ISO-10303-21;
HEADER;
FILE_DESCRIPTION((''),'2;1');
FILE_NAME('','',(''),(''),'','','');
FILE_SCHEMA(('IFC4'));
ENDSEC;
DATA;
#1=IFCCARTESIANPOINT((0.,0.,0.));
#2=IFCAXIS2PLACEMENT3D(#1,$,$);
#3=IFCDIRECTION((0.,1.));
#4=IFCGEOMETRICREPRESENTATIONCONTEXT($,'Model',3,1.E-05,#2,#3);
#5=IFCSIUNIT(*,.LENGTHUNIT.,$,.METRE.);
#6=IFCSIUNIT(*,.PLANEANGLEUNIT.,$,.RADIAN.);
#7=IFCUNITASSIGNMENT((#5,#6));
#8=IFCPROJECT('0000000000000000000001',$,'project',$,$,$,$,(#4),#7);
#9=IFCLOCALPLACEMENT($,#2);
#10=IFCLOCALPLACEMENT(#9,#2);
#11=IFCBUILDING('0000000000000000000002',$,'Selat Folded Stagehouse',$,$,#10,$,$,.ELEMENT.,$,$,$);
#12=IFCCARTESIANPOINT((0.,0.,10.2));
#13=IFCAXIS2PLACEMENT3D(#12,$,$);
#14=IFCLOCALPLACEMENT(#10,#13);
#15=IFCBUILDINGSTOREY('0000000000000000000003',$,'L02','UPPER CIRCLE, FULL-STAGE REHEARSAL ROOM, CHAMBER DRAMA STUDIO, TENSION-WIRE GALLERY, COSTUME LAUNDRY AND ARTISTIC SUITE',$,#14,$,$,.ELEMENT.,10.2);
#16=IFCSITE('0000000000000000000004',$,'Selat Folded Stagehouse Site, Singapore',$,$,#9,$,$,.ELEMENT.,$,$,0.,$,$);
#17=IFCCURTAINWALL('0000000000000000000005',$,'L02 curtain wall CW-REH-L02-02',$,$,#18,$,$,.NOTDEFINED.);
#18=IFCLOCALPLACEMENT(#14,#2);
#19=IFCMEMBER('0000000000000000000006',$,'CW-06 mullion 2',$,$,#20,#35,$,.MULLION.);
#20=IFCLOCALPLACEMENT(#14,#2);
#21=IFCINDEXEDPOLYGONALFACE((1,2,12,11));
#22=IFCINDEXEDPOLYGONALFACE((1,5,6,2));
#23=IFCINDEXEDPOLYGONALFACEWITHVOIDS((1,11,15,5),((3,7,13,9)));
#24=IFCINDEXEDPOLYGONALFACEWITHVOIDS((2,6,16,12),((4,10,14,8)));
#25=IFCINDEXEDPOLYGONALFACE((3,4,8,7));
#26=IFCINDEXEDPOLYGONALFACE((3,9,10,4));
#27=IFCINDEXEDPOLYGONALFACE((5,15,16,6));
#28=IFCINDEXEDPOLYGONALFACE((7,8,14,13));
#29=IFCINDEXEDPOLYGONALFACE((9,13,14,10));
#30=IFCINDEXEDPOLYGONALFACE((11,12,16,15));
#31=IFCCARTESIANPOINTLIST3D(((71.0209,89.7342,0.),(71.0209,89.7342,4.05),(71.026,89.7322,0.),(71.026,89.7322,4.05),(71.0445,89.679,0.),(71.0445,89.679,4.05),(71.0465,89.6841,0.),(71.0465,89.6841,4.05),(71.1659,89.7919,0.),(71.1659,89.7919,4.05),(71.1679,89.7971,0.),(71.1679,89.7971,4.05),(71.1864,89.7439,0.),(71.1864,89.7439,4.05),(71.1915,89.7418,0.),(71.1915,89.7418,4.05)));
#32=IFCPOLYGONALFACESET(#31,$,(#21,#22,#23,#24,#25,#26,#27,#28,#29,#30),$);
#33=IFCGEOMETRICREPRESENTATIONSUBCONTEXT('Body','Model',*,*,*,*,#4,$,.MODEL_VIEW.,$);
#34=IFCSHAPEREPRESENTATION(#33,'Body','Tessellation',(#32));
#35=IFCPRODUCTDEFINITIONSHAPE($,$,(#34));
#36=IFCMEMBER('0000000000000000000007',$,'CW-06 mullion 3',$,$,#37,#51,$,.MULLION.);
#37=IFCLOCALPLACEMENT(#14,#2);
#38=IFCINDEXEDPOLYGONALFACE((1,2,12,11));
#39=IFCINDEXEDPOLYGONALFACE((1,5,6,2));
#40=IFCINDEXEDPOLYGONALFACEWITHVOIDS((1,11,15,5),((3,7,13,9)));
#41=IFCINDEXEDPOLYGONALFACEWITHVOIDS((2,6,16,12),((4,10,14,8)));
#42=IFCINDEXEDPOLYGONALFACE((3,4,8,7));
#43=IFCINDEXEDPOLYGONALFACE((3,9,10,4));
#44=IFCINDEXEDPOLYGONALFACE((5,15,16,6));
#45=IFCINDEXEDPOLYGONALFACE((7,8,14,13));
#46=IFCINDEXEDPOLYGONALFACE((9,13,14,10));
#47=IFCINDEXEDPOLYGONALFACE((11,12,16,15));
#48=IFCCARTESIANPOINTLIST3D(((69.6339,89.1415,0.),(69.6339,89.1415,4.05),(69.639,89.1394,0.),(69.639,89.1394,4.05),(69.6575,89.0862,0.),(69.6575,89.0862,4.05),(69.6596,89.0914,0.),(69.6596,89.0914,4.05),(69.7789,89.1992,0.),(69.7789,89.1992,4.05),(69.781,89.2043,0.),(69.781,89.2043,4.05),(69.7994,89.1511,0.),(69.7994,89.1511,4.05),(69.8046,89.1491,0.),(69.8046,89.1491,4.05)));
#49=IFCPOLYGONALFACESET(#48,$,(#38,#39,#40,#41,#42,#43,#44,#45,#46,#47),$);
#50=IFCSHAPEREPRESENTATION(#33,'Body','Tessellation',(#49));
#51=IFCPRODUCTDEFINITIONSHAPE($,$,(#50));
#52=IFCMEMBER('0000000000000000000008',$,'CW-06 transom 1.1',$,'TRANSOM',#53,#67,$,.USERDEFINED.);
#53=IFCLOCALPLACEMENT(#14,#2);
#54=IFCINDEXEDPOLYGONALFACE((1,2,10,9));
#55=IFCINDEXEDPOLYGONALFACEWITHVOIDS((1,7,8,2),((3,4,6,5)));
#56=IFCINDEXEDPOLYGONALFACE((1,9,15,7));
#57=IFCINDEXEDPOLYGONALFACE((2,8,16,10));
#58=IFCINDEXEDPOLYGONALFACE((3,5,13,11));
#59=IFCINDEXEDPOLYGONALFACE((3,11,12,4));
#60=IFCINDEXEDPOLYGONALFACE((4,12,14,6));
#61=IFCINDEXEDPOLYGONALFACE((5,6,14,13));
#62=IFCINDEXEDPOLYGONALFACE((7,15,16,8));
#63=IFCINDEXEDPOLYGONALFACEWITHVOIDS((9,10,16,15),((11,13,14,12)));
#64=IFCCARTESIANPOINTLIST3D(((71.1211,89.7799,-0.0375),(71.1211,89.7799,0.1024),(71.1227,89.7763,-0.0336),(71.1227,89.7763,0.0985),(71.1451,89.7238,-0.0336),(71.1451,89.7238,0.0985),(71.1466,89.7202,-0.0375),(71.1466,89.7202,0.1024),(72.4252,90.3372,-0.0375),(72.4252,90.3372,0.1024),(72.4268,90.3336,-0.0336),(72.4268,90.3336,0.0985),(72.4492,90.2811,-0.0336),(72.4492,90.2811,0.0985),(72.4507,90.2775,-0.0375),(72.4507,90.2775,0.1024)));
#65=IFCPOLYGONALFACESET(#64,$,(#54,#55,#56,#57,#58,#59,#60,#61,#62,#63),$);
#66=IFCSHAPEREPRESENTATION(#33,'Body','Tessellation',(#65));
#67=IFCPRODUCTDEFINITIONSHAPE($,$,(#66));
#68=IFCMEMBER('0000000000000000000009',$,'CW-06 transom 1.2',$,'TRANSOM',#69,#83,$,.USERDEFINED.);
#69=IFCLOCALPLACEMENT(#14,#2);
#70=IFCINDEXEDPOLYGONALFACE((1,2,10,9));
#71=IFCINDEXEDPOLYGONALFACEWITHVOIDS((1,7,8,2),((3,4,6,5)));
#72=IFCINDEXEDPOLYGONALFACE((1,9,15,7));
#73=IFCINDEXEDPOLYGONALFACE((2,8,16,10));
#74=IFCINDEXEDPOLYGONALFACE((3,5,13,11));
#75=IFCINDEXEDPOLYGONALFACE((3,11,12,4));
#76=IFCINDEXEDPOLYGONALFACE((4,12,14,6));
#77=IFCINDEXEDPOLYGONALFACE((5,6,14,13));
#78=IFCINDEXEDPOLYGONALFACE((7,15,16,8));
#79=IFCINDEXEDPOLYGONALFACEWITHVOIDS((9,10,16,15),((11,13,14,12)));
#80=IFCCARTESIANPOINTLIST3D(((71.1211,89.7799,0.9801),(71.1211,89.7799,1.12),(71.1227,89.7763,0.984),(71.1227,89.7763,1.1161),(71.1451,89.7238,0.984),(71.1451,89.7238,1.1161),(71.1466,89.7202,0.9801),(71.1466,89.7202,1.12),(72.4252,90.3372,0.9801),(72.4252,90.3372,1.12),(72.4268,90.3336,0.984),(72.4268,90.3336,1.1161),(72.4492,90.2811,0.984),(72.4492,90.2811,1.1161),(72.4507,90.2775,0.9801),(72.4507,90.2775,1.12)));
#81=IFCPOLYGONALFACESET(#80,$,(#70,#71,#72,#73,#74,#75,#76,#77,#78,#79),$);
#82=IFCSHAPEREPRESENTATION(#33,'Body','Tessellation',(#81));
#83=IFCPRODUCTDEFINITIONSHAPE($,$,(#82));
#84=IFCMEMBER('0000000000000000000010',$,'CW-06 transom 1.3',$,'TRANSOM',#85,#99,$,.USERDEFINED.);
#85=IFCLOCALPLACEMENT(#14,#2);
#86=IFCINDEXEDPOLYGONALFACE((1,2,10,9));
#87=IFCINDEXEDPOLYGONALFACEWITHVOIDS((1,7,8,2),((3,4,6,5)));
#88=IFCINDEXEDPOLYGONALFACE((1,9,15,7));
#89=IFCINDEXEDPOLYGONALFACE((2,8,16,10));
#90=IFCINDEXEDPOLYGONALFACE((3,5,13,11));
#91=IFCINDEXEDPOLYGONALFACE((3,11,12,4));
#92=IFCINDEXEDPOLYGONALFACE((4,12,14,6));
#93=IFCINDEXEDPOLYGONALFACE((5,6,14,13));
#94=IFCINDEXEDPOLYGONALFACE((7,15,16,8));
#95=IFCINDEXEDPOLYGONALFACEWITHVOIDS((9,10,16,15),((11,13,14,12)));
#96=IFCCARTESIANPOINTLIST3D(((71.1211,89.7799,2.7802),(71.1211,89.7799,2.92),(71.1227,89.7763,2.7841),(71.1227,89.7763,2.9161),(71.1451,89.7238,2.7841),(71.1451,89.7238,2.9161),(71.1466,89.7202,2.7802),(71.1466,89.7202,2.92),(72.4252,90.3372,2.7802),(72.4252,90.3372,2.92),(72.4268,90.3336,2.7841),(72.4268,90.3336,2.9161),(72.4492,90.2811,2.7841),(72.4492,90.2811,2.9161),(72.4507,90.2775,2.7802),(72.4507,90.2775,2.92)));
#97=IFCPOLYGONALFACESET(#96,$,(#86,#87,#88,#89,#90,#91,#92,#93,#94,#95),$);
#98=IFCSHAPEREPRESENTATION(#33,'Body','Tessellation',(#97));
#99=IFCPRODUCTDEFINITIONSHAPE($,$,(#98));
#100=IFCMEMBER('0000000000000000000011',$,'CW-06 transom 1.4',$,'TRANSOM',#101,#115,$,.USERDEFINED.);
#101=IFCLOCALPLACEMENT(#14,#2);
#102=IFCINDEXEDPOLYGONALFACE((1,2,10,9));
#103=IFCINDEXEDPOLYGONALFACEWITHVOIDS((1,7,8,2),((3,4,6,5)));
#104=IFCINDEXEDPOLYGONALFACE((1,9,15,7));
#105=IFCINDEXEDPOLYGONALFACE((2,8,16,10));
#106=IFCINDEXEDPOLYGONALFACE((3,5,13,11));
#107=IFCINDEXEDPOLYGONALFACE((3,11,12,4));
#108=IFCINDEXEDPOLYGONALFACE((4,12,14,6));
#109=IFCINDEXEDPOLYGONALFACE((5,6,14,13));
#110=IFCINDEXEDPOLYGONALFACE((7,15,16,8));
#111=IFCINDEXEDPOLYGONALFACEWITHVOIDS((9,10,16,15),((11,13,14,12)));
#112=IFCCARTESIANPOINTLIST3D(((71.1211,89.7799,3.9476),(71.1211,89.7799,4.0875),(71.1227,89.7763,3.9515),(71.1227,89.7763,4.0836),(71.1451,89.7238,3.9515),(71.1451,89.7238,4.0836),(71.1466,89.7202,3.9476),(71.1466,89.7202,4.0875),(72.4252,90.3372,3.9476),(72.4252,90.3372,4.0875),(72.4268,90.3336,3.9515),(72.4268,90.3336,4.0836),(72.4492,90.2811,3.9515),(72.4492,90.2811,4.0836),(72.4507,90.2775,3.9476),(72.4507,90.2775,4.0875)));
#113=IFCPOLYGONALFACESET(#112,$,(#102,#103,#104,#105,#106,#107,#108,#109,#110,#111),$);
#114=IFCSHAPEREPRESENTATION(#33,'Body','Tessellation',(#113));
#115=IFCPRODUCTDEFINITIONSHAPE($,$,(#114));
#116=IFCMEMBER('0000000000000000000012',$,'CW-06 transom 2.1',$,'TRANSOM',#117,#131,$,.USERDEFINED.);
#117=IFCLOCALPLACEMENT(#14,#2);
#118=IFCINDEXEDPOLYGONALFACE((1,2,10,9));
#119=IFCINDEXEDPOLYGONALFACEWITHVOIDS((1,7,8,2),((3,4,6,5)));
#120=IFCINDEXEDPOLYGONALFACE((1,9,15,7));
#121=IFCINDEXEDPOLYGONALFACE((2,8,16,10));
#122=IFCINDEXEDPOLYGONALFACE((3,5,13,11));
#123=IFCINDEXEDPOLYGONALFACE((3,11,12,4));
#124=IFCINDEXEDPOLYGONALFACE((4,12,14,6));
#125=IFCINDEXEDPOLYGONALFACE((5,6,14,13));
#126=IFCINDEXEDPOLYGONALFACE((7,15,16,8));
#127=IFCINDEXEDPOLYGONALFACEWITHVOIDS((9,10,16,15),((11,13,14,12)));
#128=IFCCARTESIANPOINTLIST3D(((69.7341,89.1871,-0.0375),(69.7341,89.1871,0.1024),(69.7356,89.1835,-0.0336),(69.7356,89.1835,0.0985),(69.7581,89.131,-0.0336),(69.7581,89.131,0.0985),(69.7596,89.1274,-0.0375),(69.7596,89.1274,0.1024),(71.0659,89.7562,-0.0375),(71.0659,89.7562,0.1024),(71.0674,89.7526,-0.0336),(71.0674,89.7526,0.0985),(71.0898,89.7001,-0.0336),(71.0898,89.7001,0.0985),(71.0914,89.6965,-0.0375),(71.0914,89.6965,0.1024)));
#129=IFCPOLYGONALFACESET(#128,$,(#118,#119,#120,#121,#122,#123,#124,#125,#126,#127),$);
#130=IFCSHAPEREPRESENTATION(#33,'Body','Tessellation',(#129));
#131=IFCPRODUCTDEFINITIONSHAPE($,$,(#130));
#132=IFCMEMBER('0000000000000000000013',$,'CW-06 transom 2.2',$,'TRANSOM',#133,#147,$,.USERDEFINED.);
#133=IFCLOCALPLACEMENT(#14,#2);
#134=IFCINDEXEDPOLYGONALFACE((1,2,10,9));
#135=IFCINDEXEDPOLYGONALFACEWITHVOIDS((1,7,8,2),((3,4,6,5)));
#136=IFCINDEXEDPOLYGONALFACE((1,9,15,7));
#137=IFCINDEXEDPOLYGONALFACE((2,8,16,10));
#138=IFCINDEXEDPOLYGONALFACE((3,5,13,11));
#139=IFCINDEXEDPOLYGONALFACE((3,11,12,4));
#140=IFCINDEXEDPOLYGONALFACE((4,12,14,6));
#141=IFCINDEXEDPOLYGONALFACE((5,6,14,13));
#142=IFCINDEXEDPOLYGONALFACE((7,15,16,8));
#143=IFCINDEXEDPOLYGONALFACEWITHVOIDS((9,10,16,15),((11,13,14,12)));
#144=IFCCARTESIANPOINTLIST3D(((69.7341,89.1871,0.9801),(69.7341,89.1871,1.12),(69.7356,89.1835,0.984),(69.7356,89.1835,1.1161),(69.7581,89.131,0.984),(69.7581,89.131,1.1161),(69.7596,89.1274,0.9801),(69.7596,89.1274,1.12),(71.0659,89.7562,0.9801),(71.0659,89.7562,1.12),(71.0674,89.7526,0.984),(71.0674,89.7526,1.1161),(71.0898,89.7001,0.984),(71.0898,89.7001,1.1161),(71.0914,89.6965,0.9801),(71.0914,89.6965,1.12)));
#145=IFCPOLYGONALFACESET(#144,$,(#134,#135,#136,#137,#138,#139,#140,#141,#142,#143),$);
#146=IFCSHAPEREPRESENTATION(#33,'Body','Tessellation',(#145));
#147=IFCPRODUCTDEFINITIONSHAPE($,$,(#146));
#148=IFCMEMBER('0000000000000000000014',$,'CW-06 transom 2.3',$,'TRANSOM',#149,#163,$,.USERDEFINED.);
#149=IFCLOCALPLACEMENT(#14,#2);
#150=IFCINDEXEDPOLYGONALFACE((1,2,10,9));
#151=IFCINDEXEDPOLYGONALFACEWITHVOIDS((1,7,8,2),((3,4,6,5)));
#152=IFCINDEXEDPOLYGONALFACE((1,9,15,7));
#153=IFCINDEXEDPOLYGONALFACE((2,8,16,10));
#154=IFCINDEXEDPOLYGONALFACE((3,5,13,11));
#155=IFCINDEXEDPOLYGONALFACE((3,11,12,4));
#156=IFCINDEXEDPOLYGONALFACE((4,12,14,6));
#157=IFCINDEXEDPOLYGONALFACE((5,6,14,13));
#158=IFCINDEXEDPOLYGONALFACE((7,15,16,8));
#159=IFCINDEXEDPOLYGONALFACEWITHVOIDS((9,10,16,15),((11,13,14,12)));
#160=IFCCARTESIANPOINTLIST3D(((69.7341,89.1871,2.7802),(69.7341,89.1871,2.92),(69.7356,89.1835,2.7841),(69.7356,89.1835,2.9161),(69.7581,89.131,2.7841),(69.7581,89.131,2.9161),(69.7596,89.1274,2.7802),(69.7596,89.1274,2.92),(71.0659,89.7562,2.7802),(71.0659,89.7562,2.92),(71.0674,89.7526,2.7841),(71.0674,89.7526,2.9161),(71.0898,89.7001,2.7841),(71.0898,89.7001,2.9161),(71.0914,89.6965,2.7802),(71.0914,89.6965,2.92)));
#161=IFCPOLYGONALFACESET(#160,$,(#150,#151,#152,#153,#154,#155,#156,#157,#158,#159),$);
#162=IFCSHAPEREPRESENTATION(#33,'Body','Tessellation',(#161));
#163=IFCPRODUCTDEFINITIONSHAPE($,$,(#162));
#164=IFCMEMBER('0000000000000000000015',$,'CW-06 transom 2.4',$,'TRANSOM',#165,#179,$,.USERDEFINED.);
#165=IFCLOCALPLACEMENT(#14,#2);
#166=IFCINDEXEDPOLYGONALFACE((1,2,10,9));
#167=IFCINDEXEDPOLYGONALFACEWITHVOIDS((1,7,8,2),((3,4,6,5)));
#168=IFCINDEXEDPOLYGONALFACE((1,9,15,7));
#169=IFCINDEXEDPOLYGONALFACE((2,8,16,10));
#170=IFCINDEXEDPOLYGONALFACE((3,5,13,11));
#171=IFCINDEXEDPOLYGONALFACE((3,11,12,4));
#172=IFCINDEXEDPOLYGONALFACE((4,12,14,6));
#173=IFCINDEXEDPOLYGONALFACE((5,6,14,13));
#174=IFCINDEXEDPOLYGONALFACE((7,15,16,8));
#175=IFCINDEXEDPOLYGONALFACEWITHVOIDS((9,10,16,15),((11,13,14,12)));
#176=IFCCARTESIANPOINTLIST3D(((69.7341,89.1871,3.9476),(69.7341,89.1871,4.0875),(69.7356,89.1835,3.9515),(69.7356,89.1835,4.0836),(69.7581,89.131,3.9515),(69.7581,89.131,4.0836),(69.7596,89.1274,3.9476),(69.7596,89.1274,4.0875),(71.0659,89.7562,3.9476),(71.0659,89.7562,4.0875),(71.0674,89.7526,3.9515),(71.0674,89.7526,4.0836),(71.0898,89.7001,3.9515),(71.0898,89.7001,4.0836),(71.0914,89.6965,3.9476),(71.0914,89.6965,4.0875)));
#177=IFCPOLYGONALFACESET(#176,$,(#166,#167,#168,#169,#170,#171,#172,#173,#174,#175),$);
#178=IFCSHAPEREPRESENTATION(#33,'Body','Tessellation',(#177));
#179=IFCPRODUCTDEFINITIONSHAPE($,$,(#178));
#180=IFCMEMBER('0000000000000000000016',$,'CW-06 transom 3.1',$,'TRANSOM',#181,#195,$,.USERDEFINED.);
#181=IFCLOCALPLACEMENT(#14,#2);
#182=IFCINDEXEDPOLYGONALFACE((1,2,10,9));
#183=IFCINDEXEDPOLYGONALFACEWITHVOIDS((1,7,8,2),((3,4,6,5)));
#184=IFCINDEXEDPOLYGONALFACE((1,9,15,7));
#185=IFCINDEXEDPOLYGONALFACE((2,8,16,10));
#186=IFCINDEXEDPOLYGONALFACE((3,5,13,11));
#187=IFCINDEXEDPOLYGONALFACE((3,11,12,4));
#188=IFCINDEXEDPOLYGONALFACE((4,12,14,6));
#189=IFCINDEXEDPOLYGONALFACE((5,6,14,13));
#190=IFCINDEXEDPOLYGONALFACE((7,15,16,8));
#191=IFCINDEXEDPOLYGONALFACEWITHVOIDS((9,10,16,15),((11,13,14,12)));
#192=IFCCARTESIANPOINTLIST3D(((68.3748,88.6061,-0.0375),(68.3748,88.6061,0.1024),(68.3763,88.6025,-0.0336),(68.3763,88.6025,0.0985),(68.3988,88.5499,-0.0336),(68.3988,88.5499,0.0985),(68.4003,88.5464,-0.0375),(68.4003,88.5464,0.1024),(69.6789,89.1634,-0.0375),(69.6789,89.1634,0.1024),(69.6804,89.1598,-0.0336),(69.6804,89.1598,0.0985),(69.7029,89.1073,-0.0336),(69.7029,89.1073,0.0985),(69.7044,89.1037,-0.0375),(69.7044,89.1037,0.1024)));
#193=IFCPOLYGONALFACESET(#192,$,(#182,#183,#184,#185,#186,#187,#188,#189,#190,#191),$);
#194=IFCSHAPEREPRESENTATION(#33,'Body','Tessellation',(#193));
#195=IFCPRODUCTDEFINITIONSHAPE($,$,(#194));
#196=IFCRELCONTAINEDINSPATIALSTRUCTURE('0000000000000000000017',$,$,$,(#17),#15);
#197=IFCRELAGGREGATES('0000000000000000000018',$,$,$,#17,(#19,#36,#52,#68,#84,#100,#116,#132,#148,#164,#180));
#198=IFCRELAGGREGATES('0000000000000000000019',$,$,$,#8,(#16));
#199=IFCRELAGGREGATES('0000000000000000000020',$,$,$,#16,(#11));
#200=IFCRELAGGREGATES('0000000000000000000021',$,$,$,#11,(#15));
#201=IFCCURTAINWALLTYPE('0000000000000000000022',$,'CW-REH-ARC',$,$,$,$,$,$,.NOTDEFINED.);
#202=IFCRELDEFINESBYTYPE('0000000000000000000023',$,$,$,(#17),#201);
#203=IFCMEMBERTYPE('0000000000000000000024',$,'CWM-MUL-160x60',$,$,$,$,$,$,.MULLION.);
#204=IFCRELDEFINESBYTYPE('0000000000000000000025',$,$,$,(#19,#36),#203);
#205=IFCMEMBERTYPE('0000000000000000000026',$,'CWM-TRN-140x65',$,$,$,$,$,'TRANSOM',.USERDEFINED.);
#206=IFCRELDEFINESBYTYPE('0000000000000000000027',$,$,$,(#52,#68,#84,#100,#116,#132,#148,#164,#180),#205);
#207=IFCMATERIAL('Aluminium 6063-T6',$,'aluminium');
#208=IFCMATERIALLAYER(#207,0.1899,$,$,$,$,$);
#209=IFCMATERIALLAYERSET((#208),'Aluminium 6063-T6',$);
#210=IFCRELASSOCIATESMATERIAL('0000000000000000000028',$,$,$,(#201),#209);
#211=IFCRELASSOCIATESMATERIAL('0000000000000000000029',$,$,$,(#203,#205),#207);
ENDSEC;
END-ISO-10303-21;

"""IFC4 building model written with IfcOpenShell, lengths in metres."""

from ifc_helpers import new_model, si_unit, direction, frame, origin, origin_2d, place, context, subcontext, project, spatial, hollow_rectangle, extrude, material, layer, layer_set, material_profile, profile_set, type_object, element, aggregate, save


model = new_model("IFC4")

# Units and contexts
model_context = context("Model", 3, precision=1e-05, world=origin(), true_north=direction((0.0, 1.0)))
body_context = subcontext(model_context, "Body", "Model", "MODEL_VIEW")
ifc_project = project(units=[si_unit("LENGTHUNIT", "METRE"), si_unit("PLANEANGLEUNIT", "RADIAN")], contexts=[model_context])

# Site, building, storey
site_placement = place(None, origin())
site = spatial("IfcSite", under=ifc_project, at=site_placement, Name="Selat Folded Stagehouse Site, Singapore", CompositionType="ELEMENT", RefElevation=0.0)
building_placement = place(site_placement, origin())
building = spatial("IfcBuilding", under=site, at=building_placement, Name="Selat Folded Stagehouse", CompositionType="ELEMENT")
storey_placement = place(building_placement, frame((0.0, 0.0, 10.2)))
storey = spatial("IfcBuildingStorey", under=building, at=storey_placement, Name="L02", Description="UPPER CIRCLE, FULL-STAGE REHEARSAL ROOM, CHAMBER DRAMA STUDIO, TENSION-WIRE GALLERY, COSTUME LAUNDRY AND ARTISTIC SUITE", CompositionType="ELEMENT", Elevation=10.2)

# Curtain wall, members
ifc_material_1 = material(Name="Aluminium 6063-T6", Category="aluminium")
ifc_layer_1 = layer(ifc_material_1, 0.1899)
ifc_layer_set_1 = layer_set([ifc_layer_1], Name="Aluminium 6063-T6")
curtain_wall_type = type_object("IfcCurtainWallType", Name="CW-REH-ARC", PredefinedType="NOTDEFINED", material=ifc_layer_set_1)
curtain_wall_placement = place(storey_placement, origin())
curtain_wall = element("IfcCurtainWall", 1, at=curtain_wall_placement, inside=storey, type_object=curtain_wall_type, Name="L02 curtain wall CW-REH-L02-02", PredefinedType="NOTDEFINED")
ifc_material_profile_1 = material_profile(ifc_material_1, hollow_rectangle(XDim=0.0601, YDim=0.1599, WallThickness=0.0039, at=origin_2d()), Name="ALU 160x60x4.0")
ifc_profile_set_1 = profile_set([ifc_material_profile_1], Name="Aluminium 6063-T6")
member_type_1 = type_object("IfcMemberType", Name="CWM-MUL-160x60", PredefinedType="MULLION", material=ifc_profile_set_1)
member_1_placement = place(storey_placement, frame((71.1062, 89.738, 0.0), z_axis=(0.0, 0.0, 1.0), x_axis=(0.393012, -0.919533, 0.0)))
member_1 = element("IfcMember", 2, at=member_1_placement, type_object=member_type_1, Name="CW-06 mullion 2", PredefinedType="MULLION", context=body_context, shape_type="SweptSolid", body=[
    extrude(hollow_rectangle(XDim=0.0601, YDim=0.1599, WallThickness=0.0039, at=origin_2d()), origin(), (0.0, 0.0, 1.0), 4.05),
])
member_2_placement = place(storey_placement, frame((69.7192, 89.1453, 0.0), z_axis=(0.0, 0.0, 1.0), x_axis=(0.393012, -0.919533, 0.0)))
member_2 = element("IfcMember", 3, at=member_2_placement, type_object=member_type_1, Name="CW-06 mullion 3", PredefinedType="MULLION", context=body_context, shape_type="SweptSolid", body=[
    extrude(hollow_rectangle(XDim=0.0601, YDim=0.1599, WallThickness=0.0039, at=origin_2d()), origin(), (0.0, 0.0, 1.0), 4.05),
])
ifc_material_profile_2 = material_profile(ifc_material_1, hollow_rectangle(XDim=0.0649, YDim=0.1399, WallThickness=0.0039, at=origin_2d()), Name="ALU 140x65x4.0")
ifc_profile_set_2 = profile_set([ifc_material_profile_2], Name="Aluminium 6063-T6")
member_type_2 = type_object("IfcMemberType", Name="CWM-TRN-140x65", ElementType="TRANSOM", PredefinedType="USERDEFINED", material=ifc_profile_set_2)
member_3_placement = place(storey_placement, frame((72.438, 90.3074, 0.0325), z_axis=(-0.919545, -0.392984, 0.0), x_axis=(0.392984, -0.919545, 0.0)))
member_3 = element("IfcMember", 4, at=member_3_placement, type_object=member_type_2, Name="CW-06 transom 1.1", ObjectType="TRANSOM", PredefinedType="USERDEFINED", context=body_context, shape_type="SweptSolid", body=[
    extrude(hollow_rectangle(XDim=0.0649, YDim=0.1399, WallThickness=0.0039, at=origin_2d()), origin(), (0.0, 0.0, 1.0), 1.4182),
])
member_4_placement = place(storey_placement, frame((72.438, 90.3074, 1.05), z_axis=(-0.919545, -0.392984, 0.0), x_axis=(0.392984, -0.919545, 0.0)))
member_4 = element("IfcMember", 5, at=member_4_placement, type_object=member_type_2, Name="CW-06 transom 1.2", ObjectType="TRANSOM", PredefinedType="USERDEFINED", context=body_context, shape_type="SweptSolid", body=[
    extrude(hollow_rectangle(XDim=0.0649, YDim=0.1399, WallThickness=0.0039, at=origin_2d()), origin(), (0.0, 0.0, 1.0), 1.4182),
])
member_5_placement = place(storey_placement, frame((72.438, 90.3074, 2.8501), z_axis=(-0.919545, -0.392984, 0.0), x_axis=(0.392984, -0.919545, 0.0)))
member_5 = element("IfcMember", 6, at=member_5_placement, type_object=member_type_2, Name="CW-06 transom 1.3", ObjectType="TRANSOM", PredefinedType="USERDEFINED", context=body_context, shape_type="SweptSolid", body=[
    extrude(hollow_rectangle(XDim=0.0649, YDim=0.1399, WallThickness=0.0039, at=origin_2d()), origin(), (0.0, 0.0, 1.0), 1.4182),
])
member_6_placement = place(storey_placement, frame((72.438, 90.3074, 4.0176), z_axis=(-0.919545, -0.392984, 0.0), x_axis=(0.392984, -0.919545, 0.0)))
member_6 = element("IfcMember", 7, at=member_6_placement, type_object=member_type_2, Name="CW-06 transom 1.4", ObjectType="TRANSOM", PredefinedType="USERDEFINED", context=body_context, shape_type="SweptSolid", body=[
    extrude(hollow_rectangle(XDim=0.0649, YDim=0.1399, WallThickness=0.0039, at=origin_2d()), origin(), (0.0, 0.0, 1.0), 1.4182),
])
member_7_placement = place(storey_placement, frame((71.0786, 89.7263, 0.0325), z_axis=(-0.919563, -0.392943, 0.0), x_axis=(0.392943, -0.919563, 0.0)))
member_7 = element("IfcMember", 8, at=member_7_placement, type_object=member_type_2, Name="CW-06 transom 2.1", ObjectType="TRANSOM", PredefinedType="USERDEFINED", context=body_context, shape_type="SweptSolid", body=[
    extrude(hollow_rectangle(XDim=0.0649, YDim=0.1399, WallThickness=0.0039, at=origin_2d()), origin(), (0.0, 0.0, 1.0), 1.4482),
])
member_8_placement = place(storey_placement, frame((71.0786, 89.7263, 1.05), z_axis=(-0.919563, -0.392943, 0.0), x_axis=(0.392943, -0.919563, 0.0)))
member_8 = element("IfcMember", 9, at=member_8_placement, type_object=member_type_2, Name="CW-06 transom 2.2", ObjectType="TRANSOM", PredefinedType="USERDEFINED", context=body_context, shape_type="SweptSolid", body=[
    extrude(hollow_rectangle(XDim=0.0649, YDim=0.1399, WallThickness=0.0039, at=origin_2d()), origin(), (0.0, 0.0, 1.0), 1.4482),
])
member_9_placement = place(storey_placement, frame((71.0786, 89.7263, 2.8501), z_axis=(-0.919563, -0.392943, 0.0), x_axis=(0.392943, -0.919563, 0.0)))
member_9 = element("IfcMember", 10, at=member_9_placement, type_object=member_type_2, Name="CW-06 transom 2.3", ObjectType="TRANSOM", PredefinedType="USERDEFINED", context=body_context, shape_type="SweptSolid", body=[
    extrude(hollow_rectangle(XDim=0.0649, YDim=0.1399, WallThickness=0.0039, at=origin_2d()), origin(), (0.0, 0.0, 1.0), 1.4482),
])
member_10_placement = place(storey_placement, frame((71.0786, 89.7263, 4.0176), z_axis=(-0.919563, -0.392943, 0.0), x_axis=(0.392943, -0.919563, 0.0)))
member_10 = element("IfcMember", 11, at=member_10_placement, type_object=member_type_2, Name="CW-06 transom 2.4", ObjectType="TRANSOM", PredefinedType="USERDEFINED", context=body_context, shape_type="SweptSolid", body=[
    extrude(hollow_rectangle(XDim=0.0649, YDim=0.1399, WallThickness=0.0039, at=origin_2d()), origin(), (0.0, 0.0, 1.0), 1.4482),
])
member_11_placement = place(storey_placement, frame((69.6917, 89.1335, 0.0325), z_axis=(-0.919545, -0.392984, 0.0), x_axis=(0.392984, -0.919545, 0.0)))
member_11 = element("IfcMember", 12, at=member_11_placement, type_object=member_type_2, Name="CW-06 transom 3.1", ObjectType="TRANSOM", PredefinedType="USERDEFINED", context=body_context, shape_type="SweptSolid", body=[
    extrude(hollow_rectangle(XDim=0.0649, YDim=0.1399, WallThickness=0.0039, at=origin_2d()), origin(), (0.0, 0.0, 1.0), 1.4182),
])
aggregate(curtain_wall, [member_1, member_2, member_3, member_4, member_5, member_6, member_7, member_8, member_9, member_10, member_11])

save(model, "model.ifc")
